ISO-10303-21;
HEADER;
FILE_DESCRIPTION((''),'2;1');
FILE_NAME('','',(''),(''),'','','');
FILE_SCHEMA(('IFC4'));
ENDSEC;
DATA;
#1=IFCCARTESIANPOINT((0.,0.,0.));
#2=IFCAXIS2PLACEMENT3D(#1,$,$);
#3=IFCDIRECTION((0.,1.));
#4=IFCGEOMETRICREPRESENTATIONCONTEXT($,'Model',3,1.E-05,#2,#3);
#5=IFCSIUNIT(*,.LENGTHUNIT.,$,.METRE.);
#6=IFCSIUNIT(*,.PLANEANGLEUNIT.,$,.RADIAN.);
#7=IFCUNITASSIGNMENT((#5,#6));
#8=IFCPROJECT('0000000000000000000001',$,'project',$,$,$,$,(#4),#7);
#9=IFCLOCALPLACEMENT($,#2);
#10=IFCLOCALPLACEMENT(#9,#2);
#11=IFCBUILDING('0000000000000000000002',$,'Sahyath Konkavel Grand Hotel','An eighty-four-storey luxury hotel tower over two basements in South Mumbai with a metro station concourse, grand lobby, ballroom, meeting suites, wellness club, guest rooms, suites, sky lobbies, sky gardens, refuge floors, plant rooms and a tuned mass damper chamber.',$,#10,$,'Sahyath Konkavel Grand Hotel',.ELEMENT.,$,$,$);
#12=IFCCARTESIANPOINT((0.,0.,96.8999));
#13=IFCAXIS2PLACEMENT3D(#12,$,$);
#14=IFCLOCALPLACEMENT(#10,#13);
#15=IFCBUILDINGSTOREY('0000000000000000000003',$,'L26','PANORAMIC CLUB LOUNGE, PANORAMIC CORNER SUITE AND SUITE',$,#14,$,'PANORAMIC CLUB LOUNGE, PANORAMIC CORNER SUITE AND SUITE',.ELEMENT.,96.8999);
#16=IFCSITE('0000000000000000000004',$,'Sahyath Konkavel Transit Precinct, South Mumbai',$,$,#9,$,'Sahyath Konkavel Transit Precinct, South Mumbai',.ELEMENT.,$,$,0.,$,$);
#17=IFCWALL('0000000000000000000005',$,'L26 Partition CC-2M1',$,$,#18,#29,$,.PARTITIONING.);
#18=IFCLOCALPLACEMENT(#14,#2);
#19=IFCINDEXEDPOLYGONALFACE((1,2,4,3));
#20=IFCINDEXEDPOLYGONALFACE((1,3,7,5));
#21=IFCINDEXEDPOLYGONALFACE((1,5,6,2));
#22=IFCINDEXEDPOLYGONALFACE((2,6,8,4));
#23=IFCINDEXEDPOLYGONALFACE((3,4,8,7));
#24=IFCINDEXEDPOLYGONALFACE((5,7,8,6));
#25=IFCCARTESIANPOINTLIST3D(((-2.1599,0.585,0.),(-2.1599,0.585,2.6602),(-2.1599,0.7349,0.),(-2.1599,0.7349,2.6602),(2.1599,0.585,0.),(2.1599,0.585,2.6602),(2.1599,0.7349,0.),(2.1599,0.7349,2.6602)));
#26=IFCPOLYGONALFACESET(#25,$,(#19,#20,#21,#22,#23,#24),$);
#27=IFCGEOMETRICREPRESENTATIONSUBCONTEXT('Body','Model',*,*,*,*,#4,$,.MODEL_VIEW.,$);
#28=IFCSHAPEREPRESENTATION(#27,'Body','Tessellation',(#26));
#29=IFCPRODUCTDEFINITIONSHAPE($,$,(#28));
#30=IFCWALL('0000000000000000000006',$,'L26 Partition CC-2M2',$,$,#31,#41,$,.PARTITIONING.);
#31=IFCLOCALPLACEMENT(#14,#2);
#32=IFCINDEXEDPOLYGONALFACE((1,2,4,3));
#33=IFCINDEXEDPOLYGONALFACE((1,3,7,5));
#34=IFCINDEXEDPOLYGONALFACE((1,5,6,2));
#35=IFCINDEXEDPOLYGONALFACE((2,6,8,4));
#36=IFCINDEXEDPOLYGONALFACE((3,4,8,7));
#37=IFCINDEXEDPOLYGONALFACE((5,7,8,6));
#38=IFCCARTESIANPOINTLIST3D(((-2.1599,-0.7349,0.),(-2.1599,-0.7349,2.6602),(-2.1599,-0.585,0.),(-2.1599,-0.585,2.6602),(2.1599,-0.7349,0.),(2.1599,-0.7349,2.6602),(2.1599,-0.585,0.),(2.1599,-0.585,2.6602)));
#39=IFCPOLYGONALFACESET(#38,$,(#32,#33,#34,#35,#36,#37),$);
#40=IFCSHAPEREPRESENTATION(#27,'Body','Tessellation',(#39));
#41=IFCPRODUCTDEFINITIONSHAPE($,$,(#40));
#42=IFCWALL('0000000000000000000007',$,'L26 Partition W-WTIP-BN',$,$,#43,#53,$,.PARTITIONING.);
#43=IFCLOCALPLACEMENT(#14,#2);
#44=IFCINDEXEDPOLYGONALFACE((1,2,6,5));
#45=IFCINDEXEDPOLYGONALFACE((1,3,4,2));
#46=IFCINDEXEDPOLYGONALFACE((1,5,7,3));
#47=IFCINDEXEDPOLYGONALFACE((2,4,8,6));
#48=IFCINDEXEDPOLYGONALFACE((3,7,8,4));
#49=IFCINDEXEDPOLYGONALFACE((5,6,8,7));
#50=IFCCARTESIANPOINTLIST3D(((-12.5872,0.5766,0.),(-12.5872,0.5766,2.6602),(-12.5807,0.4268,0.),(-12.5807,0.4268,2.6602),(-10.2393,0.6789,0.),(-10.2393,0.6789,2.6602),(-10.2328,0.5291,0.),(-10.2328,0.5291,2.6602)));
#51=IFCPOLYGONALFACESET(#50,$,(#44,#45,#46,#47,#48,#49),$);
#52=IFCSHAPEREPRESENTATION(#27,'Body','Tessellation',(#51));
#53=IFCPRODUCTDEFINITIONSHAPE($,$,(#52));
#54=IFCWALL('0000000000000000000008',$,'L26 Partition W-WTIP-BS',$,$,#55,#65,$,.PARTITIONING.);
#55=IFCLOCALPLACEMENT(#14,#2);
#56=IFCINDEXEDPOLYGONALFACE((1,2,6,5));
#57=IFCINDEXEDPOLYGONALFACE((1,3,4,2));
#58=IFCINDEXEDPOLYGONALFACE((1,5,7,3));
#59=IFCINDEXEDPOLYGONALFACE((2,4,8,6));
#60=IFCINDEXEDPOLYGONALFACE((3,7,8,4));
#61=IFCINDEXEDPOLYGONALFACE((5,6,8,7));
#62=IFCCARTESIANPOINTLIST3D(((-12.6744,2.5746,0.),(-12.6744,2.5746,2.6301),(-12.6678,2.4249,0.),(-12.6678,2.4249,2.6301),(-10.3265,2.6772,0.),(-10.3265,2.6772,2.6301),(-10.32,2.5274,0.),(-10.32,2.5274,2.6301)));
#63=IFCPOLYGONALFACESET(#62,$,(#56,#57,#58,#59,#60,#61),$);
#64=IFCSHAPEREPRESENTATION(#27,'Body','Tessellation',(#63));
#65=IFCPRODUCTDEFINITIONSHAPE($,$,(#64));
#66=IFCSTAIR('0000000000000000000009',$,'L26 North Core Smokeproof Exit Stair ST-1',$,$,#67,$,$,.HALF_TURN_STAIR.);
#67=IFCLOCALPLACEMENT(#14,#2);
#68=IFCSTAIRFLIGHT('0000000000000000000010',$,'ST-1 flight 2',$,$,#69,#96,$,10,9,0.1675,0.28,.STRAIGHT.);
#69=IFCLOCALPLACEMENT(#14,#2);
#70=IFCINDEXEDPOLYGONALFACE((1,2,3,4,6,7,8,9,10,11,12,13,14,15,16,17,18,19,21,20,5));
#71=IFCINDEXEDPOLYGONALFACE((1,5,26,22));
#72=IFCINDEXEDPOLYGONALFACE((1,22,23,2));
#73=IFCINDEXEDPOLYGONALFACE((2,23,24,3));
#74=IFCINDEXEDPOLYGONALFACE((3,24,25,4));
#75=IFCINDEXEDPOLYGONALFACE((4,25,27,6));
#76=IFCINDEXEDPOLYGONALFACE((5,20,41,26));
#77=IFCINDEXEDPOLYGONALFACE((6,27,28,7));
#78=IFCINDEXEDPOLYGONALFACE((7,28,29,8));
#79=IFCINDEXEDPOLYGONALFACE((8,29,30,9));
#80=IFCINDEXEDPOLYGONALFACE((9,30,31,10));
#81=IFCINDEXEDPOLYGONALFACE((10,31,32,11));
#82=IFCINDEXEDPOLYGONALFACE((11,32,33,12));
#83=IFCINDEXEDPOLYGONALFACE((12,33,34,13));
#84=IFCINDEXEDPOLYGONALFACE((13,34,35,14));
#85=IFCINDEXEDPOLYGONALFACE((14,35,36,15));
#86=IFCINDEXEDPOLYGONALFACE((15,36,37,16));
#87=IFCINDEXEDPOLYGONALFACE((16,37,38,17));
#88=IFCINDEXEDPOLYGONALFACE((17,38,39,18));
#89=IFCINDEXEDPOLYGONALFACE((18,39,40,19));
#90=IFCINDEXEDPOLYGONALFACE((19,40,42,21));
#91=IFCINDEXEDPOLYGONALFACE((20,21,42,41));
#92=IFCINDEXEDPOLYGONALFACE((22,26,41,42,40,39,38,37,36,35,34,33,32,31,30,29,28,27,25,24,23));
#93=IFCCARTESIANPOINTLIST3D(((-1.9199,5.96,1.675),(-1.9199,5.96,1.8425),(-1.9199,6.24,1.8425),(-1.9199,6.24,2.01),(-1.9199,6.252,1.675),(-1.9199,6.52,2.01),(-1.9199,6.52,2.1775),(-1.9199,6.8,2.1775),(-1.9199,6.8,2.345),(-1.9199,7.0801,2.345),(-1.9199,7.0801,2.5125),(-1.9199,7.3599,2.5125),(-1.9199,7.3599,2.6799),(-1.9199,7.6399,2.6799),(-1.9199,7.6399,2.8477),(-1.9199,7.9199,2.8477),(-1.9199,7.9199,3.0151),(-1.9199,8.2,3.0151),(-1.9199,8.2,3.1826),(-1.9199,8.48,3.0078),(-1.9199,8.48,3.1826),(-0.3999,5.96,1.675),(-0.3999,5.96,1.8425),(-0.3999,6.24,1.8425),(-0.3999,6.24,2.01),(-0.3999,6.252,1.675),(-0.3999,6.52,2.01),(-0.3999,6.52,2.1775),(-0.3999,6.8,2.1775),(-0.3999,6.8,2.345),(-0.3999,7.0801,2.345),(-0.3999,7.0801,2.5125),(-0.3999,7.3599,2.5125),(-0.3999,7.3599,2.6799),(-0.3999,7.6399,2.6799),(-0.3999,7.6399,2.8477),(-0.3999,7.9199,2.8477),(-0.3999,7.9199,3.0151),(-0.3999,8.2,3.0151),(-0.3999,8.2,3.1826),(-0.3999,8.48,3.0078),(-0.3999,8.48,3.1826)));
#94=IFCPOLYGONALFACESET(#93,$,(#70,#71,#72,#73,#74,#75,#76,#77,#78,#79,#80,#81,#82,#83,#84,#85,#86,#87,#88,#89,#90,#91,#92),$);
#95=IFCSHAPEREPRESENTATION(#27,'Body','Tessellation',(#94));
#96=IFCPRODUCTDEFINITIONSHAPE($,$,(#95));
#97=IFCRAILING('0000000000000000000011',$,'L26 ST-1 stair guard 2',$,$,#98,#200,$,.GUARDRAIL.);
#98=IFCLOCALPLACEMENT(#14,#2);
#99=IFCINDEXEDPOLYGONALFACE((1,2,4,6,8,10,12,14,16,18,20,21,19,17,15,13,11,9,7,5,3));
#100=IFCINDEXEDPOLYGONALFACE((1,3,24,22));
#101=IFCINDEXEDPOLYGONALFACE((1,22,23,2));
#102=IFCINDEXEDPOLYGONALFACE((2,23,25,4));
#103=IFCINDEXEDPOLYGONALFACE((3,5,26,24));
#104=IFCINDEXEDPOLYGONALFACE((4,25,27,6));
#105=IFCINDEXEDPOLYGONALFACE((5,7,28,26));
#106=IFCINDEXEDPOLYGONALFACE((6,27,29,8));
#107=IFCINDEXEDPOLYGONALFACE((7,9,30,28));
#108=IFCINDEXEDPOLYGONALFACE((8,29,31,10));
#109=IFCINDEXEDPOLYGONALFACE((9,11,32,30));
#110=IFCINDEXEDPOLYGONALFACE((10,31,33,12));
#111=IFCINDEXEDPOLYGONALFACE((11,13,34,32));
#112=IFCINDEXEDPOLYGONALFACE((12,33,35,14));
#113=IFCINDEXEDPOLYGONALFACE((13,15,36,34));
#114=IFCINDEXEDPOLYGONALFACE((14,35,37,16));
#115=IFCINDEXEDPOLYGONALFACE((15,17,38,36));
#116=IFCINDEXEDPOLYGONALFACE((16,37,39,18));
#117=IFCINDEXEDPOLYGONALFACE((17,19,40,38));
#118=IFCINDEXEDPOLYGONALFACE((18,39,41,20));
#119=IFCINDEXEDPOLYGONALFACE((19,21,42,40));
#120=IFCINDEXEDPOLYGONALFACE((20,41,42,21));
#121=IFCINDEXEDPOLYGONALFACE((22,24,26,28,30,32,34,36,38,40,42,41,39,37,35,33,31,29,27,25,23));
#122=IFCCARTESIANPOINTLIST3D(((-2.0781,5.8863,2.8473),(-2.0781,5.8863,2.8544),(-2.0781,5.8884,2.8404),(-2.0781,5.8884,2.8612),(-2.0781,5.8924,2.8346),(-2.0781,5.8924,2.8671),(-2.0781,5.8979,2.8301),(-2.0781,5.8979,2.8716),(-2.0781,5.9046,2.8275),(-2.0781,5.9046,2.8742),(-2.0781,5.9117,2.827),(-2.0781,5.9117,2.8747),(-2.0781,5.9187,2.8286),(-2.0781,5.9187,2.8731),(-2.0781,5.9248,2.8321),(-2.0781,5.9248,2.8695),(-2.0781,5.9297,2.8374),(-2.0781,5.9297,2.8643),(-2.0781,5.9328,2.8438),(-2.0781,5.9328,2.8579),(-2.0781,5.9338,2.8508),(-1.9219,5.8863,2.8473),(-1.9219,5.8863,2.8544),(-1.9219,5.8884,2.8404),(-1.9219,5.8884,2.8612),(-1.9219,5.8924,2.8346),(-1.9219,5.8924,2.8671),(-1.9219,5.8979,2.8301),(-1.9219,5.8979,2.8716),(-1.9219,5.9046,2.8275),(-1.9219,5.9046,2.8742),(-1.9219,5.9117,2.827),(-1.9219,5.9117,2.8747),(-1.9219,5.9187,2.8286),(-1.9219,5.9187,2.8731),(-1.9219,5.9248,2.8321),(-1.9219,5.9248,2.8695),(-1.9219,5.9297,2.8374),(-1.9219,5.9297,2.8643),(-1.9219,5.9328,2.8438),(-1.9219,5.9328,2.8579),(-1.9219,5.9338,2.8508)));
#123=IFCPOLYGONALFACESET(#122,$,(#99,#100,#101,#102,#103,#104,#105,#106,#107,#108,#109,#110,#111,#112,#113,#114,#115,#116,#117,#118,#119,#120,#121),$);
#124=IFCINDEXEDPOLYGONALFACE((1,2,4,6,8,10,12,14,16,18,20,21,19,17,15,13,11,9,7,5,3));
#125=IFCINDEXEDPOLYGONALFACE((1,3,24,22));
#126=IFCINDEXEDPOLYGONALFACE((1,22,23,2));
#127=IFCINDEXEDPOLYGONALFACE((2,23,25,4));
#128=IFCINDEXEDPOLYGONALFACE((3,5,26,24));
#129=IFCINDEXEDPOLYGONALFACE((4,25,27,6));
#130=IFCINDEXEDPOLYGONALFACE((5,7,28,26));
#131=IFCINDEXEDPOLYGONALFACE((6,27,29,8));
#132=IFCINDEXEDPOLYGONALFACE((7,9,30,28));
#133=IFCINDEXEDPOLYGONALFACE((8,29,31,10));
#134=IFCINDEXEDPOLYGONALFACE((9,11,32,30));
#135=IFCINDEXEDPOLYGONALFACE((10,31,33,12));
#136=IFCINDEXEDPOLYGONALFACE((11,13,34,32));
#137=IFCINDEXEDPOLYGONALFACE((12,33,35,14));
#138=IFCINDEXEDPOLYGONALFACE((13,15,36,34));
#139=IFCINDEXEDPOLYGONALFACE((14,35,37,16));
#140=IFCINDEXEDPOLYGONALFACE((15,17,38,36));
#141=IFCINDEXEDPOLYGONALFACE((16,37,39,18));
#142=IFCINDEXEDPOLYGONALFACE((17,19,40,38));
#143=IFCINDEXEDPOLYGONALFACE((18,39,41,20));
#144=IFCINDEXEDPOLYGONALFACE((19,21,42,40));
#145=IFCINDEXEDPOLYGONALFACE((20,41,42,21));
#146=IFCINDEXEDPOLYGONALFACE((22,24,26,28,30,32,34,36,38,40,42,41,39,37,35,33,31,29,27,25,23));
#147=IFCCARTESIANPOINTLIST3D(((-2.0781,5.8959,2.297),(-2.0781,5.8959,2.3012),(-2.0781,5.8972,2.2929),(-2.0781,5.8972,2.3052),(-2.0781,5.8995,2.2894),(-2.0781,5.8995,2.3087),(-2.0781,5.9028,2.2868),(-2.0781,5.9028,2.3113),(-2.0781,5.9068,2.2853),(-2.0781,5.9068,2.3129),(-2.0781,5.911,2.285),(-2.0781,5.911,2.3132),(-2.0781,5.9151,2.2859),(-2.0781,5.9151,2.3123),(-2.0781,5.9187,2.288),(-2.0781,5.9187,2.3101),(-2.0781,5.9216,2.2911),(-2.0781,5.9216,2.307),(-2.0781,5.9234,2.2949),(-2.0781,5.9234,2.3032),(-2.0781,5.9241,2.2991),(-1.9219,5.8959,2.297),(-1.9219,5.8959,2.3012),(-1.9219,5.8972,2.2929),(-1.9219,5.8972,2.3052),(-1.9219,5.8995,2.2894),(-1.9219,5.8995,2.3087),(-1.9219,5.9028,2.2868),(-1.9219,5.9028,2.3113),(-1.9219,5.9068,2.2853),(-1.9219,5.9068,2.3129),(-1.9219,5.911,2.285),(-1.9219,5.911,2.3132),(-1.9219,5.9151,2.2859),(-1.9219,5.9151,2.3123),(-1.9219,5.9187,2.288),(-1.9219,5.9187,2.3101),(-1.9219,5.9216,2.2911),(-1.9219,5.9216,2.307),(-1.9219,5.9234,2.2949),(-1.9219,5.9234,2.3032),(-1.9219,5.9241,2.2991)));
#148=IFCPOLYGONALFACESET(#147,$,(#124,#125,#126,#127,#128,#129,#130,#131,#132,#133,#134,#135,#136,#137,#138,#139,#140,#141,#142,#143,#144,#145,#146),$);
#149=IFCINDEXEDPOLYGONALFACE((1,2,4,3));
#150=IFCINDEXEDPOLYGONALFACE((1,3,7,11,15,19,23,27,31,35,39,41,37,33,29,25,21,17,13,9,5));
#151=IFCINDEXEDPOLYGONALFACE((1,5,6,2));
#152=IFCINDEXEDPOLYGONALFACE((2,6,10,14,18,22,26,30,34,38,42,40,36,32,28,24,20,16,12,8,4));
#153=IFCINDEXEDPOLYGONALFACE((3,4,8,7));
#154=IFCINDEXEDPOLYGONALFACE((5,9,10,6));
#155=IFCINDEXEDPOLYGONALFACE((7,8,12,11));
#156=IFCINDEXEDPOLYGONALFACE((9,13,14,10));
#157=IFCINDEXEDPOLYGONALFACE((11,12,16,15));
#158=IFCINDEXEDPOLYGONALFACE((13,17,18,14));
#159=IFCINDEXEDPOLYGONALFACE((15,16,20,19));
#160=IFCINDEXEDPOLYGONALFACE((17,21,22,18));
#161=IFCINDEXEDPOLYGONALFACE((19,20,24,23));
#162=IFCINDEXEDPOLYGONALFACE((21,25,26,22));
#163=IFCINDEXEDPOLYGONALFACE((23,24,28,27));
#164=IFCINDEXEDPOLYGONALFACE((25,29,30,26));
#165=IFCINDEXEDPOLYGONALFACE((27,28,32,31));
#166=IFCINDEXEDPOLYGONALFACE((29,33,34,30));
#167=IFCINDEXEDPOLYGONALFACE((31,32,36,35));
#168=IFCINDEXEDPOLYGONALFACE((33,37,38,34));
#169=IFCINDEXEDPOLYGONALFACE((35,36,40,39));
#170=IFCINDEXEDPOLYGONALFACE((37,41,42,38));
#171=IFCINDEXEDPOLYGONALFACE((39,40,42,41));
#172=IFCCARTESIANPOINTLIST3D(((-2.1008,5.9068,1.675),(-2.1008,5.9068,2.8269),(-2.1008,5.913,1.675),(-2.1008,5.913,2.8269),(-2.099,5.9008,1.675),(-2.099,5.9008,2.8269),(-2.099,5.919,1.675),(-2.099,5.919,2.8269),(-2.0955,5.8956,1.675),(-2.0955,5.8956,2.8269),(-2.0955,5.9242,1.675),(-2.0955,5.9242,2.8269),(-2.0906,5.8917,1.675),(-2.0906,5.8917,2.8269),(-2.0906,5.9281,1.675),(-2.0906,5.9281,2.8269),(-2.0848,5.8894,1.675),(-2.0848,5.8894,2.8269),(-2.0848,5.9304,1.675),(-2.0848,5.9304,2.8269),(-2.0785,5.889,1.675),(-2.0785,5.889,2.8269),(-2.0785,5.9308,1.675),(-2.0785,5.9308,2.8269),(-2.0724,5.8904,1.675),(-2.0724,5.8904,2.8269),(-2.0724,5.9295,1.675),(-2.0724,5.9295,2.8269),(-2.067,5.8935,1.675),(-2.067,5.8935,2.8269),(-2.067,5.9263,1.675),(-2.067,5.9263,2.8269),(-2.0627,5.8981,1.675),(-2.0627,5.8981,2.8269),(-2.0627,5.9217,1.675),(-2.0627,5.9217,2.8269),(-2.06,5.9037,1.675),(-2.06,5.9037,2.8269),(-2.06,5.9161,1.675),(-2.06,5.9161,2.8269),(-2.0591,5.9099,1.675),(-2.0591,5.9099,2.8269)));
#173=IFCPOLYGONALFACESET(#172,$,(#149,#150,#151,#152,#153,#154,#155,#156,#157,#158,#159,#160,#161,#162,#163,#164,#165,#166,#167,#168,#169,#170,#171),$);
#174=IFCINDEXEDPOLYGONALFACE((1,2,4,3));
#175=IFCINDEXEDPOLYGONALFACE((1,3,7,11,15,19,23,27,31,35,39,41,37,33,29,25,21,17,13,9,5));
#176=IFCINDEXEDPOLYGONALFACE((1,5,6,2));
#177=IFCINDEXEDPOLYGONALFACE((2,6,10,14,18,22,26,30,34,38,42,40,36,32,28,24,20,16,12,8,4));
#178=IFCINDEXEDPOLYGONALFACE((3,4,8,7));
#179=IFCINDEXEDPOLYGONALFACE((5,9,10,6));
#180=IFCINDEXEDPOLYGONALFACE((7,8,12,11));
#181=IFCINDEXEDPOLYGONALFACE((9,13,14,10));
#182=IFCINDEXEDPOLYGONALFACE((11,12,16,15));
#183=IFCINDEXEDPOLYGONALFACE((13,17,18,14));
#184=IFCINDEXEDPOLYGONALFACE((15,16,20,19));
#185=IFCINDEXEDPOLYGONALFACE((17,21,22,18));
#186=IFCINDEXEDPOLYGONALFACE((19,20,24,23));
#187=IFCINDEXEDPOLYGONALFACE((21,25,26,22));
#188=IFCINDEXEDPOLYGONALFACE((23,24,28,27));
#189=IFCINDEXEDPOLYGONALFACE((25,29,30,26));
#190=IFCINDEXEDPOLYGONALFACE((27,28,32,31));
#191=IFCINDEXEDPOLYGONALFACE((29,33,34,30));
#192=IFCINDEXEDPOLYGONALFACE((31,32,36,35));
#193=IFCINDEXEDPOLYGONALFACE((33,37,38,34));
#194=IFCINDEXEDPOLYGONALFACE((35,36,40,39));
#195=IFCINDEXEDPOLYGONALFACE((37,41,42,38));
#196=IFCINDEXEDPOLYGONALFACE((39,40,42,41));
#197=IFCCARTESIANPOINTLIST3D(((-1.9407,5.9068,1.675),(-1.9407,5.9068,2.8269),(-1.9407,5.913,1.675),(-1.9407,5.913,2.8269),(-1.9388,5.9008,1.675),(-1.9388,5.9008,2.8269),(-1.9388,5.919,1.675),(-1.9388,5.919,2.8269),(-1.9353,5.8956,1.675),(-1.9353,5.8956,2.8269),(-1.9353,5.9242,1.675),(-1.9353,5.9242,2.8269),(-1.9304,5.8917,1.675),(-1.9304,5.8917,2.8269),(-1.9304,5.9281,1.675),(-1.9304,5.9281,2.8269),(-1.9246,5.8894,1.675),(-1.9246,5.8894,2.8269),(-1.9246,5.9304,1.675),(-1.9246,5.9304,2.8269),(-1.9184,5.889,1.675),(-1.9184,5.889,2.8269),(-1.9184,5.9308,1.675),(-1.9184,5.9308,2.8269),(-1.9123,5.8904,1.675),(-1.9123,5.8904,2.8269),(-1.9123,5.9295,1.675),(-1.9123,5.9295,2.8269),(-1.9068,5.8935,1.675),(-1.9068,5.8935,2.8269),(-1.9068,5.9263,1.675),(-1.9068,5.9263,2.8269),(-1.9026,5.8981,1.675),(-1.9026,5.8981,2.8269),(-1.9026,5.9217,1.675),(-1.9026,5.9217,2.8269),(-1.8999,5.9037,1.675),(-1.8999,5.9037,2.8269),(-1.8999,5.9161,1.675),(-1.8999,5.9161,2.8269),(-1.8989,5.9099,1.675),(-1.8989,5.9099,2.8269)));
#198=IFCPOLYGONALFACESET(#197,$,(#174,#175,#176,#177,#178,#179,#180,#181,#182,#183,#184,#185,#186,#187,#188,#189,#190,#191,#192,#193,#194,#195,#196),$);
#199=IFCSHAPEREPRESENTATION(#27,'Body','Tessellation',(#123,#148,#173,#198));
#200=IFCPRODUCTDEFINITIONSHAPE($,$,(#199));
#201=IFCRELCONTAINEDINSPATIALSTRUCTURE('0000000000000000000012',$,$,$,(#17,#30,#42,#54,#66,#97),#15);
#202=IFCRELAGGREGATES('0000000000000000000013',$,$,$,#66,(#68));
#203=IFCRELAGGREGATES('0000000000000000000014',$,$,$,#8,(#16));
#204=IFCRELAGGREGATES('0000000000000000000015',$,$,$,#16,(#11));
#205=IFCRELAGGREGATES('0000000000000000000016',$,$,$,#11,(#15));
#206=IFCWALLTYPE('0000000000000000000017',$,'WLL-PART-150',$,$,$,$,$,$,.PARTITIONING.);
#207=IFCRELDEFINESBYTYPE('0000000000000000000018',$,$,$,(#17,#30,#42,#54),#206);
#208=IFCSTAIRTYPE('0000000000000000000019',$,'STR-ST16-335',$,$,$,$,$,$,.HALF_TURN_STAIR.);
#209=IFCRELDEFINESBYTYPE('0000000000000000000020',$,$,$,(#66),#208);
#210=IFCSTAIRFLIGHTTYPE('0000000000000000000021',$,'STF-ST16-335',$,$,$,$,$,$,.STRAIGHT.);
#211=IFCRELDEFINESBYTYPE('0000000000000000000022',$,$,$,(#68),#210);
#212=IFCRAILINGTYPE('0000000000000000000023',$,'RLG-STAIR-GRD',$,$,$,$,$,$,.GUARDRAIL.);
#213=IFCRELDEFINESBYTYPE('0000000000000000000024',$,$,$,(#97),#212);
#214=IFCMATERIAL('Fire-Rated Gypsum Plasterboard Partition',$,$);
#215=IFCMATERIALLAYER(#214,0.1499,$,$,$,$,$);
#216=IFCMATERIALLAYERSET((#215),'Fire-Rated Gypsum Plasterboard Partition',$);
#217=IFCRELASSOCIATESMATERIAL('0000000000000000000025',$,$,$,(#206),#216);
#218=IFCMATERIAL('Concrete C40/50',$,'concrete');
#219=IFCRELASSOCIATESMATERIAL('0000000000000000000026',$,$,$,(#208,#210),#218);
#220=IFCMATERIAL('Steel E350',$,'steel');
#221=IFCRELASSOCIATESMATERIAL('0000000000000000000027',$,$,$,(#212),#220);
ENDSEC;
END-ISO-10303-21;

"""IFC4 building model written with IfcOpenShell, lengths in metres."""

from ifc_helpers import new_model, si_unit, direction, frame, frame_2d, origin, origin_2d, place, context, subcontext, project, spatial, polyline, rectangle, circle, outline, extrude, material, layer, layer_set, type_object, element, aggregate, save


model = new_model("IFC4")

# Units and contexts
model_context = context("Model", 3, precision=1e-05, world=origin(), true_north=direction((0.0, 1.0)))
body_context = subcontext(model_context, "Body", "Model", "MODEL_VIEW")
ifc_project = project(units=[si_unit("LENGTHUNIT", "METRE"), si_unit("PLANEANGLEUNIT", "RADIAN")], contexts=[model_context])

# Site, building, storey
site_placement = place(None, origin())
site = spatial("IfcSite", under=ifc_project, at=site_placement, Name="Sahyath Konkavel Transit Precinct, South Mumbai", LongName="Sahyath Konkavel Transit Precinct, South Mumbai", CompositionType="ELEMENT", RefElevation=0.0)
building_placement = place(site_placement, origin())
building = spatial("IfcBuilding", under=site, at=building_placement, Name="Sahyath Konkavel Grand Hotel", Description="An eighty-four-storey luxury hotel tower over two basements in South Mumbai with a metro station concourse, grand lobby, ballroom, meeting suites, wellness club, guest rooms, suites, sky lobbies, sky gardens, refuge floors, plant rooms and a tuned mass damper chamber.", LongName="Sahyath Konkavel Grand Hotel", CompositionType="ELEMENT")
storey_placement = place(building_placement, frame((0.0, 0.0, 96.8999)))
storey = spatial("IfcBuildingStorey", under=building, at=storey_placement, Name="L26", Description="PANORAMIC CLUB LOUNGE, PANORAMIC CORNER SUITE AND SUITE", LongName="PANORAMIC CLUB LOUNGE, PANORAMIC CORNER SUITE AND SUITE", CompositionType="ELEMENT", Elevation=96.8999)

# Shared definitions
ifc_material_1 = material(Name="Steel E350", Category="steel")

# Shared definitions
ifc_material_2 = material(Name="Concrete C40/50", Category="concrete")

# Shared definitions
ifc_material_3 = material(Name="Fire-Rated Gypsum Plasterboard Partition")
ifc_layer_1 = layer(ifc_material_3, 0.1499)
ifc_layer_set_1 = layer_set([ifc_layer_1], Name="Fire-Rated Gypsum Plasterboard Partition")
wall_type_1 = type_object("IfcWallType", Name="WLL-PART-150", PredefinedType="PARTITIONING", material=ifc_layer_set_1)

# Walls
for number, where, z_axis, x_axis, name in (
    (1, (-2.1599, 0.6599, 0.0), (0.0, 0.0, 1.0), (1.0, 0.0, 0.0), "L26 Partition CC-2M1"),
    (2, (-2.1599, -0.6599, 0.0), (0.0, 0.0, 1.0), (1.0, 0.0, 0.0), "L26 Partition CC-2M2"),
):
    element("IfcWall", number, at=place(storey_placement, frame(where, z_axis=z_axis, x_axis=x_axis)), inside=storey, type_object=wall_type_1, Name=name, PredefinedType="PARTITIONING", context=body_context, shape_type="SweptSolid", body=[
        extrude(rectangle(XDim=4.3198, YDim=0.1499, at=frame_2d((2.1599, 0.0))), origin(), (0.0, 0.0, 1.0), 2.6602),
    ])
wall_1_placement = place(storey_placement, frame((-10.2361, 0.604, 0.0), z_axis=(0.0, 0.0, 1.0), x_axis=(-0.999052, -0.043527, 0.0)))
element("IfcWall", 3, at=wall_1_placement, inside=storey, type_object=wall_type_1, Name="L26 Partition W-WTIP-BN", PredefinedType="PARTITIONING", context=body_context, shape_type="SweptSolid", body=[
    extrude(rectangle(XDim=2.3501, YDim=0.1499, at=frame_2d((1.175, 0.0))), origin(), (0.0, 0.0, 1.0), 2.6602),
])
wall_2_placement = place(storey_placement, frame((-10.3232, 2.6023, 0.0), z_axis=(0.0, 0.0, 1.0), x_axis=(-0.999048, -0.043631, 0.0)))
element("IfcWall", 4, at=wall_2_placement, inside=storey, type_object=wall_type_1, Name="L26 Partition W-WTIP-BS", PredefinedType="PARTITIONING", context=body_context, shape_type="SweptSolid", body=[
    extrude(rectangle(XDim=2.3501, YDim=0.1499, at=frame_2d((1.175, 0.0))), origin(), (0.0, 0.0, 1.0), 2.6301),
])

# Stair, stair flight
stair_type = type_object("IfcStairType", Name="STR-ST16-335", PredefinedType="HALF_TURN_STAIR", material=ifc_material_2)
stair_placement = place(storey_placement, origin())
stair = element("IfcStair", 5, at=stair_placement, inside=storey, type_object=stair_type, Name="L26 North Core Smokeproof Exit Stair ST-1", PredefinedType="HALF_TURN_STAIR")
stair_flight_type = type_object("IfcStairFlightType", Name="STF-ST16-335", PredefinedType="STRAIGHT", material=ifc_material_2)
stair_flight_placement = place(storey_placement, frame((-1.1599, 5.96, 1.675), z_axis=(0.0, 0.0, 1.0), x_axis=(0.0, 1.0, 0.0)))
stair_flight = element("IfcStairFlight", 6, at=stair_flight_placement, type_object=stair_flight_type, Name="ST-1 flight 2", NumberOfRisers=10, NumberOfTreads=9, PredefinedType="STRAIGHT", RiserHeight=0.1675, TreadLength=0.28, context=body_context, shape_type="SweptSolid", body=[
    extrude(outline(polyline([(0.0, 0.0), (0.0, 0.1675), (0.28, 0.1675), (0.28, 0.335), (0.5601, 0.335), (0.5601, 0.5024), (0.8401, 0.5024), (0.8401, 0.6699), (1.1201, 0.6699), (1.1201, 0.8374), (1.3999, 0.8374), (1.3999, 1.0049), (1.6799, 1.0049), (1.6799, 1.1726), (1.96, 1.1726), (1.96, 1.3401), (2.24, 1.3401), (2.24, 1.5076), (2.52, 1.5076), (2.52, 1.675), (2.52, 1.3328), (0.292, 0.0), (0.0, 0.0)])), frame((0.0, 0.76, 0.0), z_axis=(0.0, -1.0, 0.0), x_axis=(1.0, 0.0, 0.0)), (0.0, 0.0, 1.0), 1.52),
])
aggregate(stair, [stair_flight])

# Railing
railing_type_1 = type_object("IfcRailingType", Name="RLG-STAIR-GRD", PredefinedType="GUARDRAIL", material=ifc_material_1)
railing_1_placement = place(storey_placement, frame((-2.0801, 5.9099, 1.675)))
element("IfcRailing", 7, at=railing_1_placement, inside=storey, type_object=railing_type_1, Name="L26 ST-1 stair guard 2", PredefinedType="GUARDRAIL", context=body_context, shape_type="SweptSolid", body=[
    extrude(circle(Radius=0.0239, at=origin_2d()), frame((0.002, 0.0, 1.1758), z_axis=(1.0, 0.0, 0.0), x_axis=(0.0, 1.0, 0.0)), (0.0, 0.0, 1.0), 0.1562),
    extrude(circle(Radius=0.0142, at=origin_2d()), frame((0.002, 0.0, 0.624), z_axis=(1.0, 0.0, 0.0), x_axis=(0.0, 1.0, 0.0)), (0.0, 0.0, 1.0), 0.1562),
    extrude(circle(Radius=0.021, at=origin_2d()), origin(), (0.0, 0.0, 1.0), 1.1519),
    extrude(circle(Radius=0.021, at=origin_2d()), frame((0.1602, 0.0, 0.0)), (0.0, 0.0, 1.0), 1.1519),
])

save(model, "model.ifc")
